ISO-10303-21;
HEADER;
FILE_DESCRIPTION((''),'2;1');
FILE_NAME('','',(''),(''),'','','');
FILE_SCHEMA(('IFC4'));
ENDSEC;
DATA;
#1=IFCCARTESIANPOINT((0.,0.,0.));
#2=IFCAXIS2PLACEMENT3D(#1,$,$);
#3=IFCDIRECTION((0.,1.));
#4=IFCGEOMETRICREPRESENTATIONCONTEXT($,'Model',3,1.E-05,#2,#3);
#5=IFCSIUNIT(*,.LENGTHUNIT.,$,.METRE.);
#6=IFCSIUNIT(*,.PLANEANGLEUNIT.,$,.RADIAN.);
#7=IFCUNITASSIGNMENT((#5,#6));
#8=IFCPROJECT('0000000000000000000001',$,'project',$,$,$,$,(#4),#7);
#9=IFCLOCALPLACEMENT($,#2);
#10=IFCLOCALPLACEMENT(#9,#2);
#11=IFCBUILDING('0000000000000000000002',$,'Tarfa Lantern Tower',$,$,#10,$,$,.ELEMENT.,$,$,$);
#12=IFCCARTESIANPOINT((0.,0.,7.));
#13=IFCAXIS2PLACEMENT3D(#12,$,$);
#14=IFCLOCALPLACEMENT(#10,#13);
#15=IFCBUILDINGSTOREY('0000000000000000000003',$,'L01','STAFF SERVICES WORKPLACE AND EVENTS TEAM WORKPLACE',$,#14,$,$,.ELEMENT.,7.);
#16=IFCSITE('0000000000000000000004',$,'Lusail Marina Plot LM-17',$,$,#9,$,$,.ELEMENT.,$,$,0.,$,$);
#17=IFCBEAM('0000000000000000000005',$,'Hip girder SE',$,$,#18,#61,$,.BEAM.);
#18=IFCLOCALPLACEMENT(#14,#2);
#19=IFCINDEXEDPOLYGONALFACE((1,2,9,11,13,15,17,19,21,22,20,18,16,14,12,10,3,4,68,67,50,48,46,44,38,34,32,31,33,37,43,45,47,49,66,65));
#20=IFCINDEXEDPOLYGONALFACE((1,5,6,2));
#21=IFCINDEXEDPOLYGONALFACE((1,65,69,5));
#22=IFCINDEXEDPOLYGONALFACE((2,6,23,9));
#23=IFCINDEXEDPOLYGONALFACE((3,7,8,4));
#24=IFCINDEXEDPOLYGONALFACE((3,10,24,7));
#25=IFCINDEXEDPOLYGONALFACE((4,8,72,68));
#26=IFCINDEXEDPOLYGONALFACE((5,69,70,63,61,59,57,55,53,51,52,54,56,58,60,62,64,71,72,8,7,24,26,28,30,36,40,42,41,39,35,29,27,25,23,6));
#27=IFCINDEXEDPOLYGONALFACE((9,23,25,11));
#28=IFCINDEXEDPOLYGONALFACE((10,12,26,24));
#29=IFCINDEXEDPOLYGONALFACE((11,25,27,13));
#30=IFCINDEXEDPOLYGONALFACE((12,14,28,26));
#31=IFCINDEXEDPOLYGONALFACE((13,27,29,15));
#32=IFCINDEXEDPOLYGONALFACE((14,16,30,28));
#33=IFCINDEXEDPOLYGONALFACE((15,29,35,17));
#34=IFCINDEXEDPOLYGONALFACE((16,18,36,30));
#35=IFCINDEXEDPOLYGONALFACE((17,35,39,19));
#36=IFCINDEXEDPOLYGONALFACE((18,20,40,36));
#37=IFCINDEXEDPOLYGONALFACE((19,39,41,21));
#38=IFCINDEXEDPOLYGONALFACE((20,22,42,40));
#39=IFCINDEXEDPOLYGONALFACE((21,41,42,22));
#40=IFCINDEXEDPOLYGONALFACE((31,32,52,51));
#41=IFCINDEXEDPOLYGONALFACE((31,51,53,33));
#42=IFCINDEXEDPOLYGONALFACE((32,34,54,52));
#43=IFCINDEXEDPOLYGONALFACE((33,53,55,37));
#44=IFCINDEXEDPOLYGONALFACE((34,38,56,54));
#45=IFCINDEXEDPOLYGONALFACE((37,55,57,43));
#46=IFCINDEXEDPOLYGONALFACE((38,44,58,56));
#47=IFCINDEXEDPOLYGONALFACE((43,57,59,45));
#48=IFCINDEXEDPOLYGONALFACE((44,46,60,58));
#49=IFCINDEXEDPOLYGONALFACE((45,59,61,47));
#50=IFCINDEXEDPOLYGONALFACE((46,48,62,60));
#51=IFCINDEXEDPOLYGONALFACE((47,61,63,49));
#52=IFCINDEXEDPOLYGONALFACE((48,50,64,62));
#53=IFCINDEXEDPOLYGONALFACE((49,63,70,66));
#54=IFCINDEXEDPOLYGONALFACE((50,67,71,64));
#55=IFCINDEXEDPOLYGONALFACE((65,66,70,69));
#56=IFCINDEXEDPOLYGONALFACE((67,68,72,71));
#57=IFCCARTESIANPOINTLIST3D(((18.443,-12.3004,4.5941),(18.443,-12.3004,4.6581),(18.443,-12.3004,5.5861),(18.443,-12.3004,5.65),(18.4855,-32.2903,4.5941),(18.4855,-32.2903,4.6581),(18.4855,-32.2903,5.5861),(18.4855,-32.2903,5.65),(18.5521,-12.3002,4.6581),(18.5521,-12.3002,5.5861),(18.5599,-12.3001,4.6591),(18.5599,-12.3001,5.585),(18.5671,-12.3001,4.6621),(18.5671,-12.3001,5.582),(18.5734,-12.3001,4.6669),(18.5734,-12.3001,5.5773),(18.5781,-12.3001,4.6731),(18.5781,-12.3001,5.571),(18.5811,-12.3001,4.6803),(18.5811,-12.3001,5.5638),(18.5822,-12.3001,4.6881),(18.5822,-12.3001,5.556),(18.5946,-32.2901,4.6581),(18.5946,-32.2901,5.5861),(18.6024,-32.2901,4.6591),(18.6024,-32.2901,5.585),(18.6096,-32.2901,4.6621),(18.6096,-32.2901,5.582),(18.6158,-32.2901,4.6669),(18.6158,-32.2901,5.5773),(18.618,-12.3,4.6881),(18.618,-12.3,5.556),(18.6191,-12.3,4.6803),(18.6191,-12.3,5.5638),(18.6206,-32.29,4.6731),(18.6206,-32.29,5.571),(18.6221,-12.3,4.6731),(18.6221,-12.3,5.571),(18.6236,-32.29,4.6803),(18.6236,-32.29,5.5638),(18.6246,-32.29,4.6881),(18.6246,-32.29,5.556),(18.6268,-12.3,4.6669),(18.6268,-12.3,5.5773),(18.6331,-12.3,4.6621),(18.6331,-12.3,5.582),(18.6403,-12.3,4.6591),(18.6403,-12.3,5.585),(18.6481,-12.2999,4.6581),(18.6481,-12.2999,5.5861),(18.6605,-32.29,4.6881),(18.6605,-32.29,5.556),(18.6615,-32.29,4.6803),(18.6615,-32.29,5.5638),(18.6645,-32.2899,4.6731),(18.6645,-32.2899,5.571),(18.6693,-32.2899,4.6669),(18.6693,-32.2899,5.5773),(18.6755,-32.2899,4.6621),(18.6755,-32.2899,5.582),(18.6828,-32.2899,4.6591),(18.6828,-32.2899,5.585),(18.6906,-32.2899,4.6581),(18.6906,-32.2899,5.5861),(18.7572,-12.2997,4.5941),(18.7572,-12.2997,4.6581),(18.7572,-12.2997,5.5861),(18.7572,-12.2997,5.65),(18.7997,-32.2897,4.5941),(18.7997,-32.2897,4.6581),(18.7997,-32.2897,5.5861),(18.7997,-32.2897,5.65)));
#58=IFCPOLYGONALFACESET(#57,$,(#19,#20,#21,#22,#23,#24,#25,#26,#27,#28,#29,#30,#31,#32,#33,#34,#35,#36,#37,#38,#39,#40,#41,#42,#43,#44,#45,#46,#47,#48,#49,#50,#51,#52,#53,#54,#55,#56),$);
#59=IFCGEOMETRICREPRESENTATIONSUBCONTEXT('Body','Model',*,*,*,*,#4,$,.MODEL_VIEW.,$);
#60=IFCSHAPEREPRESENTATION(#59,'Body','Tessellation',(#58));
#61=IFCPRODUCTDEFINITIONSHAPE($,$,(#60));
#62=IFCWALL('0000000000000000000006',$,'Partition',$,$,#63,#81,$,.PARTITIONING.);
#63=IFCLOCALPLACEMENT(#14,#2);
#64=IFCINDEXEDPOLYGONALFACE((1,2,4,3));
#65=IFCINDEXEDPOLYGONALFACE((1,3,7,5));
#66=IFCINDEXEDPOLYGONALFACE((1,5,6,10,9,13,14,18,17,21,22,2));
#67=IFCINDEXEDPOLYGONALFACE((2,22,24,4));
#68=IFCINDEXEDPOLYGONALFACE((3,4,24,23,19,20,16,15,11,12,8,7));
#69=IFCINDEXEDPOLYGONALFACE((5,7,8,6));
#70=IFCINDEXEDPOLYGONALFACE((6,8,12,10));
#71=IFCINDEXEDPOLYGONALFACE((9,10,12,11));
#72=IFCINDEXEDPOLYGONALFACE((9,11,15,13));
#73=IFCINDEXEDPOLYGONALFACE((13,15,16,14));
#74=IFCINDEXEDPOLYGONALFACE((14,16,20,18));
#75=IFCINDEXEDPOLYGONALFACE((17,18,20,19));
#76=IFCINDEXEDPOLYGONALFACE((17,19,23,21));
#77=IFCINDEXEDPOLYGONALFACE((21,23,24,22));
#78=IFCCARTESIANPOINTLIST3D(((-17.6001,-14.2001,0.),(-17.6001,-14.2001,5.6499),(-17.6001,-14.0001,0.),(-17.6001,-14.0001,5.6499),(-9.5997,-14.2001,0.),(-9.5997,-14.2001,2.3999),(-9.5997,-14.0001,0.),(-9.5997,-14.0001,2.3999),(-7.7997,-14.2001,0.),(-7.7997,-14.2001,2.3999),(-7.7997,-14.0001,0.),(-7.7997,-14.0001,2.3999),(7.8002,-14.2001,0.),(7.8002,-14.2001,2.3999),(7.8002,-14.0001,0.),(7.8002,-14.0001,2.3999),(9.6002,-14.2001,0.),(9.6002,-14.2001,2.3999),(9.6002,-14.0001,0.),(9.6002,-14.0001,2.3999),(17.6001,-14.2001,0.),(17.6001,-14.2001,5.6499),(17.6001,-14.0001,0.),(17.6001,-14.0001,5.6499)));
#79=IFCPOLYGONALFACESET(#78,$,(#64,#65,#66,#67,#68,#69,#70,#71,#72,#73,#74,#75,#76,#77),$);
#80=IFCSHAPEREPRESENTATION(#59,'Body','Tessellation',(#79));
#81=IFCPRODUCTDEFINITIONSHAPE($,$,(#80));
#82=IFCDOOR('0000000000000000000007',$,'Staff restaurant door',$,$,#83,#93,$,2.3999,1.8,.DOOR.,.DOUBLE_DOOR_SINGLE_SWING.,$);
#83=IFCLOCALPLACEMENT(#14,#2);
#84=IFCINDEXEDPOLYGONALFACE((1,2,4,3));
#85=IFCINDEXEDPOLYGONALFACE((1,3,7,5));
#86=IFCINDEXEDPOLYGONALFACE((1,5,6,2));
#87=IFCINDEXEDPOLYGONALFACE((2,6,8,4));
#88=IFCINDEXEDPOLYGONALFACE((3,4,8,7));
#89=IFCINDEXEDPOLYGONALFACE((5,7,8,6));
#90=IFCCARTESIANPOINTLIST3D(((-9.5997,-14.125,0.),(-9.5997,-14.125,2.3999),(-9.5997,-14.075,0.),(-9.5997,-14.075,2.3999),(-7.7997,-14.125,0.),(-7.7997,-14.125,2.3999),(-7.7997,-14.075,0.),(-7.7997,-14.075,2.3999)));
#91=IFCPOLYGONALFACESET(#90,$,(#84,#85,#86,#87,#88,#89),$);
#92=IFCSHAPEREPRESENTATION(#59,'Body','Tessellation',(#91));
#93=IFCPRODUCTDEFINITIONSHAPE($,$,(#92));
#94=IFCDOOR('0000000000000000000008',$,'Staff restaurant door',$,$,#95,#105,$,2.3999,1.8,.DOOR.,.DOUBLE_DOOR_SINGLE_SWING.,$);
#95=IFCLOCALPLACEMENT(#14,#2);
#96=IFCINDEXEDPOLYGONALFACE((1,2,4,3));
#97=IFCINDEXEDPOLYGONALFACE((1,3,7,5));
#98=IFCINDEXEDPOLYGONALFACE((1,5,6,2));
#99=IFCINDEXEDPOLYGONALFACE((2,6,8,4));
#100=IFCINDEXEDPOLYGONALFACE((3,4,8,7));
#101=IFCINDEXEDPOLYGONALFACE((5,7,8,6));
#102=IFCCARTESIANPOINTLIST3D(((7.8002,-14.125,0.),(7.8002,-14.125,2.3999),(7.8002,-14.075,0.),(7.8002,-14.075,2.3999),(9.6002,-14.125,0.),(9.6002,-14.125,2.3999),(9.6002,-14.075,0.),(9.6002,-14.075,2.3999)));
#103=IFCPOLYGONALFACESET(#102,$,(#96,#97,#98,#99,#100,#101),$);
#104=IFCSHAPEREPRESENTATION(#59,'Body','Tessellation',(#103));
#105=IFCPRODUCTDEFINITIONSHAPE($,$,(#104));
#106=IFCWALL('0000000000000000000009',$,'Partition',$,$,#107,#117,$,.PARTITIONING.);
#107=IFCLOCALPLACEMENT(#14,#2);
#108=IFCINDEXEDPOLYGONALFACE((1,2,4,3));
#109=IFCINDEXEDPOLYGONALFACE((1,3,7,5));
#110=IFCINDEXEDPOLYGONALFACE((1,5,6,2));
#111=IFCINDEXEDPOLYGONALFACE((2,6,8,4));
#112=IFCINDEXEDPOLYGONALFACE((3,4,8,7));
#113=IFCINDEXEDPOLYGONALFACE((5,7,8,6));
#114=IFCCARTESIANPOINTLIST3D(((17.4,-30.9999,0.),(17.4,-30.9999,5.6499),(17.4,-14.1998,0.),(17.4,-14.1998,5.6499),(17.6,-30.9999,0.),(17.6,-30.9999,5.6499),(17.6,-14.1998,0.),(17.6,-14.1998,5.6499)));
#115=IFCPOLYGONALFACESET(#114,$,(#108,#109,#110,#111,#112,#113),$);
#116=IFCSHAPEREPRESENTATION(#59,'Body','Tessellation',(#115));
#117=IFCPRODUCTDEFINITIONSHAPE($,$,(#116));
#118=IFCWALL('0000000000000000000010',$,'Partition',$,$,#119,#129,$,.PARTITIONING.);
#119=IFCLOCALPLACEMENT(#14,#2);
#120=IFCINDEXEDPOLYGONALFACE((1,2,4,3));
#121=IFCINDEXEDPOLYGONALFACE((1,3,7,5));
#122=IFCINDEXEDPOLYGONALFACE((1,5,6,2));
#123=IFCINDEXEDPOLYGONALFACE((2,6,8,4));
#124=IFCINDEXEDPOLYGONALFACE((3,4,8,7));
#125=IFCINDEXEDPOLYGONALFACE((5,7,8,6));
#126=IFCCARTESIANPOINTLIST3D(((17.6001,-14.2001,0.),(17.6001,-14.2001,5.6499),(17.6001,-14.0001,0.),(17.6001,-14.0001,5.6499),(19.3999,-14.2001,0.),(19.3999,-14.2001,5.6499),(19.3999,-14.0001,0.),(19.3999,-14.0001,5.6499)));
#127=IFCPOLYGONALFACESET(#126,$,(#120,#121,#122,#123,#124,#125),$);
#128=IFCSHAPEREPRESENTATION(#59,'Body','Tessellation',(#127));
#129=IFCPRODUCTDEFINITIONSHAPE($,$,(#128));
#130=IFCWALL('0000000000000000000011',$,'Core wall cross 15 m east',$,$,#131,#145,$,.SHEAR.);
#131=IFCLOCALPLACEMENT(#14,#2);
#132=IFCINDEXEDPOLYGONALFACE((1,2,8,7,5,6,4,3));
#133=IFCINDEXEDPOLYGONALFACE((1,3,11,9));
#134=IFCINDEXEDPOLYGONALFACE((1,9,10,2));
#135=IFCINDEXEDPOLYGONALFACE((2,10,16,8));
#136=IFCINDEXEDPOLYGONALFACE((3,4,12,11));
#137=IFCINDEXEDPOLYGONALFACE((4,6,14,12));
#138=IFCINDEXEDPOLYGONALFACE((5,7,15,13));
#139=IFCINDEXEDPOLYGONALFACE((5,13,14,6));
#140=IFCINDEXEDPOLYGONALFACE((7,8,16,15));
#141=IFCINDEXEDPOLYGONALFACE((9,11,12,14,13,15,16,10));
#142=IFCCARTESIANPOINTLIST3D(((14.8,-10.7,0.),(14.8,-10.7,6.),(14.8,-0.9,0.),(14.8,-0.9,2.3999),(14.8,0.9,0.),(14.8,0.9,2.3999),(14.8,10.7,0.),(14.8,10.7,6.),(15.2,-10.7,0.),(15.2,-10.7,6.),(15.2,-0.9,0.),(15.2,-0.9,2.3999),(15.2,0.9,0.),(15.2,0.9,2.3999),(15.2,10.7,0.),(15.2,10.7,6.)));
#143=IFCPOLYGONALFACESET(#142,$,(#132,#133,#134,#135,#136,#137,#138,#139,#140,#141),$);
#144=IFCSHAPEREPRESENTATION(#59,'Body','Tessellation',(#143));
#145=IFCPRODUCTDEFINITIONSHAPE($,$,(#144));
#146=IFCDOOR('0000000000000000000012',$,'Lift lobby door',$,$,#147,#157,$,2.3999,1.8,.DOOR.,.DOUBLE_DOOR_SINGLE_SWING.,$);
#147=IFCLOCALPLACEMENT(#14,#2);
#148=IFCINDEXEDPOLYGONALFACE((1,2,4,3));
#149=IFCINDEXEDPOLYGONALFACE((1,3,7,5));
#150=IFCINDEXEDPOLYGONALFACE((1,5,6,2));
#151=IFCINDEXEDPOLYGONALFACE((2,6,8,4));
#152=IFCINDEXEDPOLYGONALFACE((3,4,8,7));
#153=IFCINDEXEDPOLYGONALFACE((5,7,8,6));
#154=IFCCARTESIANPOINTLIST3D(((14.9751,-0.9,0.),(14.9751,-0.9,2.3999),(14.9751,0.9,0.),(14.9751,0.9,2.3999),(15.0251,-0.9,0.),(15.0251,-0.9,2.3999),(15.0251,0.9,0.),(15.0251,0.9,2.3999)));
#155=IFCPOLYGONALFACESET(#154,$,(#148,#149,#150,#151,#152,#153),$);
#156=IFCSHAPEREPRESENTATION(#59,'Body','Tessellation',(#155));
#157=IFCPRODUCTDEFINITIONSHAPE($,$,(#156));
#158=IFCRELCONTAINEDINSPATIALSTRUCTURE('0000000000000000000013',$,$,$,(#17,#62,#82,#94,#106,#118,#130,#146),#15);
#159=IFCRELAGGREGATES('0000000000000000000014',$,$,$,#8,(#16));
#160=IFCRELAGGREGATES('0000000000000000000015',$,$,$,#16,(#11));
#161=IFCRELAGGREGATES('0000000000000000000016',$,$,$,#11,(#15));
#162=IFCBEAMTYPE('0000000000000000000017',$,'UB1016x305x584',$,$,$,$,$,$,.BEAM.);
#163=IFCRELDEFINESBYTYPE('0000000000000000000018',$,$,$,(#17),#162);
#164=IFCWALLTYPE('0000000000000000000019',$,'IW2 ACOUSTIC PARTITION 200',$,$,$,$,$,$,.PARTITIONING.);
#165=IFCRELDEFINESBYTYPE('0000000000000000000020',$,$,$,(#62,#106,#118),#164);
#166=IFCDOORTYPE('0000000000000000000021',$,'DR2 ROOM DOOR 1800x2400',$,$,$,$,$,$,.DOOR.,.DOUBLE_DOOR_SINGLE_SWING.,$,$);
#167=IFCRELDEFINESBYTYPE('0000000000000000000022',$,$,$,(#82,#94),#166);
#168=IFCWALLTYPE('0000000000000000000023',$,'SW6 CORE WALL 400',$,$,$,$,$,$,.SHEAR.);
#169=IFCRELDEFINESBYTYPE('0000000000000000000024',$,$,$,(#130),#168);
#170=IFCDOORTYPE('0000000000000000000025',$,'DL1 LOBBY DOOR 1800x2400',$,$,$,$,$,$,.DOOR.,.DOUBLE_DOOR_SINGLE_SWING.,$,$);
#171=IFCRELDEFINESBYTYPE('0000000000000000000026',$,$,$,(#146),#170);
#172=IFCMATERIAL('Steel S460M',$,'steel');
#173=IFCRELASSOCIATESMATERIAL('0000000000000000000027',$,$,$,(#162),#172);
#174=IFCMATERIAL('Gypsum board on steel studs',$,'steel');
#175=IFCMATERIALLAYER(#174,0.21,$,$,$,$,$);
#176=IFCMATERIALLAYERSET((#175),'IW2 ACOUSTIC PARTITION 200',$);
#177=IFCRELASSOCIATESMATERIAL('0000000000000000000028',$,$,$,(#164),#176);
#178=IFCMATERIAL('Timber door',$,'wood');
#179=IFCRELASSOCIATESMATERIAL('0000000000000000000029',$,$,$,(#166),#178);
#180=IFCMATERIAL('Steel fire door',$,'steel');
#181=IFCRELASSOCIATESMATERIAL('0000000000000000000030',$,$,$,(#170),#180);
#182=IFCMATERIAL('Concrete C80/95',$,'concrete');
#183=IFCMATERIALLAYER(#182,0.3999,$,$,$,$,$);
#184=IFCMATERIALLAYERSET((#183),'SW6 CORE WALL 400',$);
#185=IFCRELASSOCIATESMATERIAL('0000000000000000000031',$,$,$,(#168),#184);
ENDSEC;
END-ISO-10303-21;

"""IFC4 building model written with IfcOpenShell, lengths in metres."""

from ifc_helpers import new_model, si_unit, direction, frame, frame_2d, origin, origin_2d, place, context, subcontext, project, spatial, rectangle, i_section, extrude, material, layer, layer_set, material_profile, profile_set, type_object, element, fill, save


model = new_model("IFC4")

# Units and contexts
model_context = context("Model", 3, precision=1e-05, world=origin(), true_north=direction((0.0, 1.0)))
body_context = subcontext(model_context, "Body", "Model", "MODEL_VIEW")
ifc_project = project(units=[si_unit("LENGTHUNIT", "METRE"), si_unit("PLANEANGLEUNIT", "RADIAN")], contexts=[model_context])

# Site, building, storey
site_placement = place(None, origin())
site = spatial("IfcSite", under=ifc_project, at=site_placement, Name="Lusail Marina Plot LM-17", CompositionType="ELEMENT", RefElevation=0.0)
building_placement = place(site_placement, origin())
building = spatial("IfcBuilding", under=site, at=building_placement, Name="Tarfa Lantern Tower", CompositionType="ELEMENT")
storey_placement = place(building_placement, frame((0.0, 0.0, 7.0)))
storey = spatial("IfcBuildingStorey", under=building, at=storey_placement, Name="L01", Description="STAFF SERVICES WORKPLACE AND EVENTS TEAM WORKPLACE", CompositionType="ELEMENT", Elevation=7.0)

# Beam
ifc_material_1 = material(Name="Steel S460M", Category="steel")
ifc_material_profile = material_profile(ifc_material_1, i_section(OverallWidth=0.3142, OverallDepth=1.0559, WebThickness=0.0359, FlangeThickness=0.064, FilletRadius=0.03, at=origin_2d()), Name="UB1016x305x584")
ifc_profile_set = profile_set([ifc_material_profile], Name="Steel S460M")
beam_type = type_object("IfcBeamType", Name="UB1016x305x584", PredefinedType="BEAM", material=ifc_profile_set)
beam_placement = place(storey_placement, frame((18.6001, -12.3, 5.1221), z_axis=(0.002125, -0.999998, 0.0), x_axis=(0.999998, 0.002125, 0.0)))
element("IfcBeam", 1, at=beam_placement, inside=storey, type_object=beam_type, Name="Hip girder SE", PredefinedType="BEAM", context=body_context, shape_type="SweptSolid", body=[
    extrude(i_section(OverallWidth=0.3142, OverallDepth=1.0559, WebThickness=0.0359, FlangeThickness=0.064, FilletRadius=0.03, at=origin_2d()), origin(), (0.0, 0.0, 1.0), 19.99),
])

# Wall, openings, doors
ifc_material_2 = material(Name="Gypsum board on steel studs", Category="steel")
ifc_layer_1 = layer(ifc_material_2, 0.21)
ifc_layer_set_1 = layer_set([ifc_layer_1], Name="IW2 ACOUSTIC PARTITION 200")
wall_type_1 = type_object("IfcWallType", Name="IW2 ACOUSTIC PARTITION 200", PredefinedType="PARTITIONING", material=ifc_layer_set_1)
wall_1_placement = place(storey_placement, frame((17.6001, -14.1001, 0.0), z_axis=(0.0, 0.0, 1.0), x_axis=(-1.0, 0.0, 0.0)))
wall_1 = element("IfcWall", 2, at=wall_1_placement, inside=storey, type_object=wall_type_1, Name="Partition", PredefinedType="PARTITIONING", context=body_context, shape_type="SweptSolid", body=[
    extrude(rectangle(XDim=35.2002, YDim=0.2, at=frame_2d((17.6001, 0.0))), origin(), (0.0, 0.0, 1.0), 5.6499),
])
opening_1_placement = place(wall_1_placement, frame((25.3999, 0.0, 0.0)))
opening_1 = element("IfcOpeningElement", 3, at=opening_1_placement, cuts=wall_1, PredefinedType="OPENING", context=body_context, shape_type="SweptSolid", body=[
    extrude(rectangle(XDim=1.8, YDim=2.3999, at=frame_2d((0.8999, 1.2))), frame((0.0, 0.1099, 0.0), z_axis=(0.0, -1.0, 0.0), x_axis=(1.0, 0.0, 0.0)), (0.0, 0.0, 1.0), 0.22),
])
opening_2_placement = place(wall_1_placement, frame((8.0, 0.0, 0.0)))
opening_2 = element("IfcOpeningElement", 4, at=opening_2_placement, cuts=wall_1, PredefinedType="OPENING", context=body_context, shape_type="SweptSolid", body=[
    extrude(rectangle(XDim=1.8, YDim=2.3999, at=frame_2d((0.8999, 1.2))), frame((0.0, 0.1099, 0.0), z_axis=(0.0, -1.0, 0.0), x_axis=(1.0, 0.0, 0.0)), (0.0, 0.0, 1.0), 0.22),
])
ifc_material_3 = material(Name="Timber door", Category="wood")
door_type_1 = type_object("IfcDoorType", Name="DR2 ROOM DOOR 1800x2400", OperationType="DOUBLE_DOOR_SINGLE_SWING", PredefinedType="DOOR", material=ifc_material_3)
door_1_placement = place(opening_1_placement, origin())
door_1 = element("IfcDoor", 5, at=door_1_placement, inside=storey, type_object=door_type_1, Name="Staff restaurant door", OperationType="DOUBLE_DOOR_SINGLE_SWING", OverallHeight=2.3999, OverallWidth=1.8, PredefinedType="DOOR", context=body_context, shape_type="SweptSolid", body=[
    extrude(rectangle(XDim=1.8, YDim=2.3999, at=frame_2d((0.8999, 1.2))), frame((0.0, 0.0249, 0.0), z_axis=(0.0, -1.0, 0.0), x_axis=(1.0, 0.0, 0.0)), (0.0, 0.0, 1.0), 0.05),
])
fill(opening_1, door_1)
door_2_placement = place(opening_2_placement, origin())
door_2 = element("IfcDoor", 6, at=door_2_placement, inside=storey, type_object=door_type_1, Name="Staff restaurant door", OperationType="DOUBLE_DOOR_SINGLE_SWING", OverallHeight=2.3999, OverallWidth=1.8, PredefinedType="DOOR", context=body_context, shape_type="SweptSolid", body=[
    extrude(rectangle(XDim=1.8, YDim=2.3999, at=frame_2d((0.8999, 1.2))), frame((0.0, 0.0249, 0.0), z_axis=(0.0, -1.0, 0.0), x_axis=(1.0, 0.0, 0.0)), (0.0, 0.0, 1.0), 0.05),
])
fill(opening_2, door_2)

# Walls
wall_2_placement = place(storey_placement, frame((17.5, -14.2, 0.0), z_axis=(0.0, 0.0, 1.0), x_axis=(0.0, -1.0, 0.0)))
element("IfcWall", 7, at=wall_2_placement, inside=storey, type_object=wall_type_1, Name="Partition", PredefinedType="PARTITIONING", context=body_context, shape_type="SweptSolid", body=[
    extrude(rectangle(XDim=16.8, YDim=0.2, at=frame_2d((8.3999, 0.0))), origin(), (0.0, 0.0, 1.0), 5.6499),
])
wall_3_placement = place(storey_placement, frame((19.3999, -14.1001, 0.0), z_axis=(0.0, 0.0, 1.0), x_axis=(-1.0, 0.0, 0.0)))
element("IfcWall", 8, at=wall_3_placement, inside=storey, type_object=wall_type_1, Name="Partition", PredefinedType="PARTITIONING", context=body_context, shape_type="SweptSolid", body=[
    extrude(rectangle(XDim=1.7998, YDim=0.2, at=frame_2d((0.8999, 0.0))), origin(), (0.0, 0.0, 1.0), 5.6499),
])

# Wall, opening, door
ifc_material_4 = material(Name="Concrete C80/95", Category="concrete")
ifc_material_5 = material(Name="Steel fire door", Category="steel")
door_type_2 = type_object("IfcDoorType", Name="DL1 LOBBY DOOR 1800x2400", OperationType="DOUBLE_DOOR_SINGLE_SWING", PredefinedType="DOOR", material=ifc_material_5)
ifc_layer_2 = layer(ifc_material_4, 0.3999)
ifc_layer_set_2 = layer_set([ifc_layer_2], Name="SW6 CORE WALL 400")
wall_type_2 = type_object("IfcWallType", Name="SW6 CORE WALL 400", PredefinedType="SHEAR", material=ifc_layer_set_2)
wall_4_placement = place(storey_placement, frame((15.0, -10.7, 0.0), z_axis=(0.0, 0.0, 1.0), x_axis=(0.0, 1.0, 0.0)))
wall_4 = element("IfcWall", 9, at=wall_4_placement, inside=storey, type_object=wall_type_2, Name="Core wall cross 15 m east", PredefinedType="SHEAR", context=body_context, shape_type="SweptSolid", body=[
    extrude(rectangle(XDim=21.3999, YDim=0.3999, at=frame_2d((10.7, 0.0))), origin(), (0.0, 0.0, 1.0), 6.0),
])
opening_3_placement = place(wall_4_placement, frame((9.8, 0.0, 0.0)))
opening_3 = element("IfcOpeningElement", 10, at=opening_3_placement, cuts=wall_4, PredefinedType="OPENING", context=body_context, shape_type="SweptSolid", body=[
    extrude(rectangle(XDim=1.8, YDim=2.3999, at=frame_2d((0.8999, 1.2))), frame((0.0, 0.21, 0.0), z_axis=(0.0, -1.0, 0.0), x_axis=(1.0, 0.0, 0.0)), (0.0, 0.0, 1.0), 0.4199),
])
door_3_placement = place(opening_3_placement, origin())
door_3 = element("IfcDoor", 11, at=door_3_placement, inside=storey, type_object=door_type_2, Name="Lift lobby door", OperationType="DOUBLE_DOOR_SINGLE_SWING", OverallHeight=2.3999, OverallWidth=1.8, PredefinedType="DOOR", context=body_context, shape_type="SweptSolid", body=[
    extrude(rectangle(XDim=1.8, YDim=2.3999, at=frame_2d((0.8999, 1.2))), frame((0.0, 0.0249, 0.0), z_axis=(0.0, -1.0, 0.0), x_axis=(1.0, 0.0, 0.0)), (0.0, 0.0, 1.0), 0.05),
])
fill(opening_3, door_3)

save(model, "model.ifc")
